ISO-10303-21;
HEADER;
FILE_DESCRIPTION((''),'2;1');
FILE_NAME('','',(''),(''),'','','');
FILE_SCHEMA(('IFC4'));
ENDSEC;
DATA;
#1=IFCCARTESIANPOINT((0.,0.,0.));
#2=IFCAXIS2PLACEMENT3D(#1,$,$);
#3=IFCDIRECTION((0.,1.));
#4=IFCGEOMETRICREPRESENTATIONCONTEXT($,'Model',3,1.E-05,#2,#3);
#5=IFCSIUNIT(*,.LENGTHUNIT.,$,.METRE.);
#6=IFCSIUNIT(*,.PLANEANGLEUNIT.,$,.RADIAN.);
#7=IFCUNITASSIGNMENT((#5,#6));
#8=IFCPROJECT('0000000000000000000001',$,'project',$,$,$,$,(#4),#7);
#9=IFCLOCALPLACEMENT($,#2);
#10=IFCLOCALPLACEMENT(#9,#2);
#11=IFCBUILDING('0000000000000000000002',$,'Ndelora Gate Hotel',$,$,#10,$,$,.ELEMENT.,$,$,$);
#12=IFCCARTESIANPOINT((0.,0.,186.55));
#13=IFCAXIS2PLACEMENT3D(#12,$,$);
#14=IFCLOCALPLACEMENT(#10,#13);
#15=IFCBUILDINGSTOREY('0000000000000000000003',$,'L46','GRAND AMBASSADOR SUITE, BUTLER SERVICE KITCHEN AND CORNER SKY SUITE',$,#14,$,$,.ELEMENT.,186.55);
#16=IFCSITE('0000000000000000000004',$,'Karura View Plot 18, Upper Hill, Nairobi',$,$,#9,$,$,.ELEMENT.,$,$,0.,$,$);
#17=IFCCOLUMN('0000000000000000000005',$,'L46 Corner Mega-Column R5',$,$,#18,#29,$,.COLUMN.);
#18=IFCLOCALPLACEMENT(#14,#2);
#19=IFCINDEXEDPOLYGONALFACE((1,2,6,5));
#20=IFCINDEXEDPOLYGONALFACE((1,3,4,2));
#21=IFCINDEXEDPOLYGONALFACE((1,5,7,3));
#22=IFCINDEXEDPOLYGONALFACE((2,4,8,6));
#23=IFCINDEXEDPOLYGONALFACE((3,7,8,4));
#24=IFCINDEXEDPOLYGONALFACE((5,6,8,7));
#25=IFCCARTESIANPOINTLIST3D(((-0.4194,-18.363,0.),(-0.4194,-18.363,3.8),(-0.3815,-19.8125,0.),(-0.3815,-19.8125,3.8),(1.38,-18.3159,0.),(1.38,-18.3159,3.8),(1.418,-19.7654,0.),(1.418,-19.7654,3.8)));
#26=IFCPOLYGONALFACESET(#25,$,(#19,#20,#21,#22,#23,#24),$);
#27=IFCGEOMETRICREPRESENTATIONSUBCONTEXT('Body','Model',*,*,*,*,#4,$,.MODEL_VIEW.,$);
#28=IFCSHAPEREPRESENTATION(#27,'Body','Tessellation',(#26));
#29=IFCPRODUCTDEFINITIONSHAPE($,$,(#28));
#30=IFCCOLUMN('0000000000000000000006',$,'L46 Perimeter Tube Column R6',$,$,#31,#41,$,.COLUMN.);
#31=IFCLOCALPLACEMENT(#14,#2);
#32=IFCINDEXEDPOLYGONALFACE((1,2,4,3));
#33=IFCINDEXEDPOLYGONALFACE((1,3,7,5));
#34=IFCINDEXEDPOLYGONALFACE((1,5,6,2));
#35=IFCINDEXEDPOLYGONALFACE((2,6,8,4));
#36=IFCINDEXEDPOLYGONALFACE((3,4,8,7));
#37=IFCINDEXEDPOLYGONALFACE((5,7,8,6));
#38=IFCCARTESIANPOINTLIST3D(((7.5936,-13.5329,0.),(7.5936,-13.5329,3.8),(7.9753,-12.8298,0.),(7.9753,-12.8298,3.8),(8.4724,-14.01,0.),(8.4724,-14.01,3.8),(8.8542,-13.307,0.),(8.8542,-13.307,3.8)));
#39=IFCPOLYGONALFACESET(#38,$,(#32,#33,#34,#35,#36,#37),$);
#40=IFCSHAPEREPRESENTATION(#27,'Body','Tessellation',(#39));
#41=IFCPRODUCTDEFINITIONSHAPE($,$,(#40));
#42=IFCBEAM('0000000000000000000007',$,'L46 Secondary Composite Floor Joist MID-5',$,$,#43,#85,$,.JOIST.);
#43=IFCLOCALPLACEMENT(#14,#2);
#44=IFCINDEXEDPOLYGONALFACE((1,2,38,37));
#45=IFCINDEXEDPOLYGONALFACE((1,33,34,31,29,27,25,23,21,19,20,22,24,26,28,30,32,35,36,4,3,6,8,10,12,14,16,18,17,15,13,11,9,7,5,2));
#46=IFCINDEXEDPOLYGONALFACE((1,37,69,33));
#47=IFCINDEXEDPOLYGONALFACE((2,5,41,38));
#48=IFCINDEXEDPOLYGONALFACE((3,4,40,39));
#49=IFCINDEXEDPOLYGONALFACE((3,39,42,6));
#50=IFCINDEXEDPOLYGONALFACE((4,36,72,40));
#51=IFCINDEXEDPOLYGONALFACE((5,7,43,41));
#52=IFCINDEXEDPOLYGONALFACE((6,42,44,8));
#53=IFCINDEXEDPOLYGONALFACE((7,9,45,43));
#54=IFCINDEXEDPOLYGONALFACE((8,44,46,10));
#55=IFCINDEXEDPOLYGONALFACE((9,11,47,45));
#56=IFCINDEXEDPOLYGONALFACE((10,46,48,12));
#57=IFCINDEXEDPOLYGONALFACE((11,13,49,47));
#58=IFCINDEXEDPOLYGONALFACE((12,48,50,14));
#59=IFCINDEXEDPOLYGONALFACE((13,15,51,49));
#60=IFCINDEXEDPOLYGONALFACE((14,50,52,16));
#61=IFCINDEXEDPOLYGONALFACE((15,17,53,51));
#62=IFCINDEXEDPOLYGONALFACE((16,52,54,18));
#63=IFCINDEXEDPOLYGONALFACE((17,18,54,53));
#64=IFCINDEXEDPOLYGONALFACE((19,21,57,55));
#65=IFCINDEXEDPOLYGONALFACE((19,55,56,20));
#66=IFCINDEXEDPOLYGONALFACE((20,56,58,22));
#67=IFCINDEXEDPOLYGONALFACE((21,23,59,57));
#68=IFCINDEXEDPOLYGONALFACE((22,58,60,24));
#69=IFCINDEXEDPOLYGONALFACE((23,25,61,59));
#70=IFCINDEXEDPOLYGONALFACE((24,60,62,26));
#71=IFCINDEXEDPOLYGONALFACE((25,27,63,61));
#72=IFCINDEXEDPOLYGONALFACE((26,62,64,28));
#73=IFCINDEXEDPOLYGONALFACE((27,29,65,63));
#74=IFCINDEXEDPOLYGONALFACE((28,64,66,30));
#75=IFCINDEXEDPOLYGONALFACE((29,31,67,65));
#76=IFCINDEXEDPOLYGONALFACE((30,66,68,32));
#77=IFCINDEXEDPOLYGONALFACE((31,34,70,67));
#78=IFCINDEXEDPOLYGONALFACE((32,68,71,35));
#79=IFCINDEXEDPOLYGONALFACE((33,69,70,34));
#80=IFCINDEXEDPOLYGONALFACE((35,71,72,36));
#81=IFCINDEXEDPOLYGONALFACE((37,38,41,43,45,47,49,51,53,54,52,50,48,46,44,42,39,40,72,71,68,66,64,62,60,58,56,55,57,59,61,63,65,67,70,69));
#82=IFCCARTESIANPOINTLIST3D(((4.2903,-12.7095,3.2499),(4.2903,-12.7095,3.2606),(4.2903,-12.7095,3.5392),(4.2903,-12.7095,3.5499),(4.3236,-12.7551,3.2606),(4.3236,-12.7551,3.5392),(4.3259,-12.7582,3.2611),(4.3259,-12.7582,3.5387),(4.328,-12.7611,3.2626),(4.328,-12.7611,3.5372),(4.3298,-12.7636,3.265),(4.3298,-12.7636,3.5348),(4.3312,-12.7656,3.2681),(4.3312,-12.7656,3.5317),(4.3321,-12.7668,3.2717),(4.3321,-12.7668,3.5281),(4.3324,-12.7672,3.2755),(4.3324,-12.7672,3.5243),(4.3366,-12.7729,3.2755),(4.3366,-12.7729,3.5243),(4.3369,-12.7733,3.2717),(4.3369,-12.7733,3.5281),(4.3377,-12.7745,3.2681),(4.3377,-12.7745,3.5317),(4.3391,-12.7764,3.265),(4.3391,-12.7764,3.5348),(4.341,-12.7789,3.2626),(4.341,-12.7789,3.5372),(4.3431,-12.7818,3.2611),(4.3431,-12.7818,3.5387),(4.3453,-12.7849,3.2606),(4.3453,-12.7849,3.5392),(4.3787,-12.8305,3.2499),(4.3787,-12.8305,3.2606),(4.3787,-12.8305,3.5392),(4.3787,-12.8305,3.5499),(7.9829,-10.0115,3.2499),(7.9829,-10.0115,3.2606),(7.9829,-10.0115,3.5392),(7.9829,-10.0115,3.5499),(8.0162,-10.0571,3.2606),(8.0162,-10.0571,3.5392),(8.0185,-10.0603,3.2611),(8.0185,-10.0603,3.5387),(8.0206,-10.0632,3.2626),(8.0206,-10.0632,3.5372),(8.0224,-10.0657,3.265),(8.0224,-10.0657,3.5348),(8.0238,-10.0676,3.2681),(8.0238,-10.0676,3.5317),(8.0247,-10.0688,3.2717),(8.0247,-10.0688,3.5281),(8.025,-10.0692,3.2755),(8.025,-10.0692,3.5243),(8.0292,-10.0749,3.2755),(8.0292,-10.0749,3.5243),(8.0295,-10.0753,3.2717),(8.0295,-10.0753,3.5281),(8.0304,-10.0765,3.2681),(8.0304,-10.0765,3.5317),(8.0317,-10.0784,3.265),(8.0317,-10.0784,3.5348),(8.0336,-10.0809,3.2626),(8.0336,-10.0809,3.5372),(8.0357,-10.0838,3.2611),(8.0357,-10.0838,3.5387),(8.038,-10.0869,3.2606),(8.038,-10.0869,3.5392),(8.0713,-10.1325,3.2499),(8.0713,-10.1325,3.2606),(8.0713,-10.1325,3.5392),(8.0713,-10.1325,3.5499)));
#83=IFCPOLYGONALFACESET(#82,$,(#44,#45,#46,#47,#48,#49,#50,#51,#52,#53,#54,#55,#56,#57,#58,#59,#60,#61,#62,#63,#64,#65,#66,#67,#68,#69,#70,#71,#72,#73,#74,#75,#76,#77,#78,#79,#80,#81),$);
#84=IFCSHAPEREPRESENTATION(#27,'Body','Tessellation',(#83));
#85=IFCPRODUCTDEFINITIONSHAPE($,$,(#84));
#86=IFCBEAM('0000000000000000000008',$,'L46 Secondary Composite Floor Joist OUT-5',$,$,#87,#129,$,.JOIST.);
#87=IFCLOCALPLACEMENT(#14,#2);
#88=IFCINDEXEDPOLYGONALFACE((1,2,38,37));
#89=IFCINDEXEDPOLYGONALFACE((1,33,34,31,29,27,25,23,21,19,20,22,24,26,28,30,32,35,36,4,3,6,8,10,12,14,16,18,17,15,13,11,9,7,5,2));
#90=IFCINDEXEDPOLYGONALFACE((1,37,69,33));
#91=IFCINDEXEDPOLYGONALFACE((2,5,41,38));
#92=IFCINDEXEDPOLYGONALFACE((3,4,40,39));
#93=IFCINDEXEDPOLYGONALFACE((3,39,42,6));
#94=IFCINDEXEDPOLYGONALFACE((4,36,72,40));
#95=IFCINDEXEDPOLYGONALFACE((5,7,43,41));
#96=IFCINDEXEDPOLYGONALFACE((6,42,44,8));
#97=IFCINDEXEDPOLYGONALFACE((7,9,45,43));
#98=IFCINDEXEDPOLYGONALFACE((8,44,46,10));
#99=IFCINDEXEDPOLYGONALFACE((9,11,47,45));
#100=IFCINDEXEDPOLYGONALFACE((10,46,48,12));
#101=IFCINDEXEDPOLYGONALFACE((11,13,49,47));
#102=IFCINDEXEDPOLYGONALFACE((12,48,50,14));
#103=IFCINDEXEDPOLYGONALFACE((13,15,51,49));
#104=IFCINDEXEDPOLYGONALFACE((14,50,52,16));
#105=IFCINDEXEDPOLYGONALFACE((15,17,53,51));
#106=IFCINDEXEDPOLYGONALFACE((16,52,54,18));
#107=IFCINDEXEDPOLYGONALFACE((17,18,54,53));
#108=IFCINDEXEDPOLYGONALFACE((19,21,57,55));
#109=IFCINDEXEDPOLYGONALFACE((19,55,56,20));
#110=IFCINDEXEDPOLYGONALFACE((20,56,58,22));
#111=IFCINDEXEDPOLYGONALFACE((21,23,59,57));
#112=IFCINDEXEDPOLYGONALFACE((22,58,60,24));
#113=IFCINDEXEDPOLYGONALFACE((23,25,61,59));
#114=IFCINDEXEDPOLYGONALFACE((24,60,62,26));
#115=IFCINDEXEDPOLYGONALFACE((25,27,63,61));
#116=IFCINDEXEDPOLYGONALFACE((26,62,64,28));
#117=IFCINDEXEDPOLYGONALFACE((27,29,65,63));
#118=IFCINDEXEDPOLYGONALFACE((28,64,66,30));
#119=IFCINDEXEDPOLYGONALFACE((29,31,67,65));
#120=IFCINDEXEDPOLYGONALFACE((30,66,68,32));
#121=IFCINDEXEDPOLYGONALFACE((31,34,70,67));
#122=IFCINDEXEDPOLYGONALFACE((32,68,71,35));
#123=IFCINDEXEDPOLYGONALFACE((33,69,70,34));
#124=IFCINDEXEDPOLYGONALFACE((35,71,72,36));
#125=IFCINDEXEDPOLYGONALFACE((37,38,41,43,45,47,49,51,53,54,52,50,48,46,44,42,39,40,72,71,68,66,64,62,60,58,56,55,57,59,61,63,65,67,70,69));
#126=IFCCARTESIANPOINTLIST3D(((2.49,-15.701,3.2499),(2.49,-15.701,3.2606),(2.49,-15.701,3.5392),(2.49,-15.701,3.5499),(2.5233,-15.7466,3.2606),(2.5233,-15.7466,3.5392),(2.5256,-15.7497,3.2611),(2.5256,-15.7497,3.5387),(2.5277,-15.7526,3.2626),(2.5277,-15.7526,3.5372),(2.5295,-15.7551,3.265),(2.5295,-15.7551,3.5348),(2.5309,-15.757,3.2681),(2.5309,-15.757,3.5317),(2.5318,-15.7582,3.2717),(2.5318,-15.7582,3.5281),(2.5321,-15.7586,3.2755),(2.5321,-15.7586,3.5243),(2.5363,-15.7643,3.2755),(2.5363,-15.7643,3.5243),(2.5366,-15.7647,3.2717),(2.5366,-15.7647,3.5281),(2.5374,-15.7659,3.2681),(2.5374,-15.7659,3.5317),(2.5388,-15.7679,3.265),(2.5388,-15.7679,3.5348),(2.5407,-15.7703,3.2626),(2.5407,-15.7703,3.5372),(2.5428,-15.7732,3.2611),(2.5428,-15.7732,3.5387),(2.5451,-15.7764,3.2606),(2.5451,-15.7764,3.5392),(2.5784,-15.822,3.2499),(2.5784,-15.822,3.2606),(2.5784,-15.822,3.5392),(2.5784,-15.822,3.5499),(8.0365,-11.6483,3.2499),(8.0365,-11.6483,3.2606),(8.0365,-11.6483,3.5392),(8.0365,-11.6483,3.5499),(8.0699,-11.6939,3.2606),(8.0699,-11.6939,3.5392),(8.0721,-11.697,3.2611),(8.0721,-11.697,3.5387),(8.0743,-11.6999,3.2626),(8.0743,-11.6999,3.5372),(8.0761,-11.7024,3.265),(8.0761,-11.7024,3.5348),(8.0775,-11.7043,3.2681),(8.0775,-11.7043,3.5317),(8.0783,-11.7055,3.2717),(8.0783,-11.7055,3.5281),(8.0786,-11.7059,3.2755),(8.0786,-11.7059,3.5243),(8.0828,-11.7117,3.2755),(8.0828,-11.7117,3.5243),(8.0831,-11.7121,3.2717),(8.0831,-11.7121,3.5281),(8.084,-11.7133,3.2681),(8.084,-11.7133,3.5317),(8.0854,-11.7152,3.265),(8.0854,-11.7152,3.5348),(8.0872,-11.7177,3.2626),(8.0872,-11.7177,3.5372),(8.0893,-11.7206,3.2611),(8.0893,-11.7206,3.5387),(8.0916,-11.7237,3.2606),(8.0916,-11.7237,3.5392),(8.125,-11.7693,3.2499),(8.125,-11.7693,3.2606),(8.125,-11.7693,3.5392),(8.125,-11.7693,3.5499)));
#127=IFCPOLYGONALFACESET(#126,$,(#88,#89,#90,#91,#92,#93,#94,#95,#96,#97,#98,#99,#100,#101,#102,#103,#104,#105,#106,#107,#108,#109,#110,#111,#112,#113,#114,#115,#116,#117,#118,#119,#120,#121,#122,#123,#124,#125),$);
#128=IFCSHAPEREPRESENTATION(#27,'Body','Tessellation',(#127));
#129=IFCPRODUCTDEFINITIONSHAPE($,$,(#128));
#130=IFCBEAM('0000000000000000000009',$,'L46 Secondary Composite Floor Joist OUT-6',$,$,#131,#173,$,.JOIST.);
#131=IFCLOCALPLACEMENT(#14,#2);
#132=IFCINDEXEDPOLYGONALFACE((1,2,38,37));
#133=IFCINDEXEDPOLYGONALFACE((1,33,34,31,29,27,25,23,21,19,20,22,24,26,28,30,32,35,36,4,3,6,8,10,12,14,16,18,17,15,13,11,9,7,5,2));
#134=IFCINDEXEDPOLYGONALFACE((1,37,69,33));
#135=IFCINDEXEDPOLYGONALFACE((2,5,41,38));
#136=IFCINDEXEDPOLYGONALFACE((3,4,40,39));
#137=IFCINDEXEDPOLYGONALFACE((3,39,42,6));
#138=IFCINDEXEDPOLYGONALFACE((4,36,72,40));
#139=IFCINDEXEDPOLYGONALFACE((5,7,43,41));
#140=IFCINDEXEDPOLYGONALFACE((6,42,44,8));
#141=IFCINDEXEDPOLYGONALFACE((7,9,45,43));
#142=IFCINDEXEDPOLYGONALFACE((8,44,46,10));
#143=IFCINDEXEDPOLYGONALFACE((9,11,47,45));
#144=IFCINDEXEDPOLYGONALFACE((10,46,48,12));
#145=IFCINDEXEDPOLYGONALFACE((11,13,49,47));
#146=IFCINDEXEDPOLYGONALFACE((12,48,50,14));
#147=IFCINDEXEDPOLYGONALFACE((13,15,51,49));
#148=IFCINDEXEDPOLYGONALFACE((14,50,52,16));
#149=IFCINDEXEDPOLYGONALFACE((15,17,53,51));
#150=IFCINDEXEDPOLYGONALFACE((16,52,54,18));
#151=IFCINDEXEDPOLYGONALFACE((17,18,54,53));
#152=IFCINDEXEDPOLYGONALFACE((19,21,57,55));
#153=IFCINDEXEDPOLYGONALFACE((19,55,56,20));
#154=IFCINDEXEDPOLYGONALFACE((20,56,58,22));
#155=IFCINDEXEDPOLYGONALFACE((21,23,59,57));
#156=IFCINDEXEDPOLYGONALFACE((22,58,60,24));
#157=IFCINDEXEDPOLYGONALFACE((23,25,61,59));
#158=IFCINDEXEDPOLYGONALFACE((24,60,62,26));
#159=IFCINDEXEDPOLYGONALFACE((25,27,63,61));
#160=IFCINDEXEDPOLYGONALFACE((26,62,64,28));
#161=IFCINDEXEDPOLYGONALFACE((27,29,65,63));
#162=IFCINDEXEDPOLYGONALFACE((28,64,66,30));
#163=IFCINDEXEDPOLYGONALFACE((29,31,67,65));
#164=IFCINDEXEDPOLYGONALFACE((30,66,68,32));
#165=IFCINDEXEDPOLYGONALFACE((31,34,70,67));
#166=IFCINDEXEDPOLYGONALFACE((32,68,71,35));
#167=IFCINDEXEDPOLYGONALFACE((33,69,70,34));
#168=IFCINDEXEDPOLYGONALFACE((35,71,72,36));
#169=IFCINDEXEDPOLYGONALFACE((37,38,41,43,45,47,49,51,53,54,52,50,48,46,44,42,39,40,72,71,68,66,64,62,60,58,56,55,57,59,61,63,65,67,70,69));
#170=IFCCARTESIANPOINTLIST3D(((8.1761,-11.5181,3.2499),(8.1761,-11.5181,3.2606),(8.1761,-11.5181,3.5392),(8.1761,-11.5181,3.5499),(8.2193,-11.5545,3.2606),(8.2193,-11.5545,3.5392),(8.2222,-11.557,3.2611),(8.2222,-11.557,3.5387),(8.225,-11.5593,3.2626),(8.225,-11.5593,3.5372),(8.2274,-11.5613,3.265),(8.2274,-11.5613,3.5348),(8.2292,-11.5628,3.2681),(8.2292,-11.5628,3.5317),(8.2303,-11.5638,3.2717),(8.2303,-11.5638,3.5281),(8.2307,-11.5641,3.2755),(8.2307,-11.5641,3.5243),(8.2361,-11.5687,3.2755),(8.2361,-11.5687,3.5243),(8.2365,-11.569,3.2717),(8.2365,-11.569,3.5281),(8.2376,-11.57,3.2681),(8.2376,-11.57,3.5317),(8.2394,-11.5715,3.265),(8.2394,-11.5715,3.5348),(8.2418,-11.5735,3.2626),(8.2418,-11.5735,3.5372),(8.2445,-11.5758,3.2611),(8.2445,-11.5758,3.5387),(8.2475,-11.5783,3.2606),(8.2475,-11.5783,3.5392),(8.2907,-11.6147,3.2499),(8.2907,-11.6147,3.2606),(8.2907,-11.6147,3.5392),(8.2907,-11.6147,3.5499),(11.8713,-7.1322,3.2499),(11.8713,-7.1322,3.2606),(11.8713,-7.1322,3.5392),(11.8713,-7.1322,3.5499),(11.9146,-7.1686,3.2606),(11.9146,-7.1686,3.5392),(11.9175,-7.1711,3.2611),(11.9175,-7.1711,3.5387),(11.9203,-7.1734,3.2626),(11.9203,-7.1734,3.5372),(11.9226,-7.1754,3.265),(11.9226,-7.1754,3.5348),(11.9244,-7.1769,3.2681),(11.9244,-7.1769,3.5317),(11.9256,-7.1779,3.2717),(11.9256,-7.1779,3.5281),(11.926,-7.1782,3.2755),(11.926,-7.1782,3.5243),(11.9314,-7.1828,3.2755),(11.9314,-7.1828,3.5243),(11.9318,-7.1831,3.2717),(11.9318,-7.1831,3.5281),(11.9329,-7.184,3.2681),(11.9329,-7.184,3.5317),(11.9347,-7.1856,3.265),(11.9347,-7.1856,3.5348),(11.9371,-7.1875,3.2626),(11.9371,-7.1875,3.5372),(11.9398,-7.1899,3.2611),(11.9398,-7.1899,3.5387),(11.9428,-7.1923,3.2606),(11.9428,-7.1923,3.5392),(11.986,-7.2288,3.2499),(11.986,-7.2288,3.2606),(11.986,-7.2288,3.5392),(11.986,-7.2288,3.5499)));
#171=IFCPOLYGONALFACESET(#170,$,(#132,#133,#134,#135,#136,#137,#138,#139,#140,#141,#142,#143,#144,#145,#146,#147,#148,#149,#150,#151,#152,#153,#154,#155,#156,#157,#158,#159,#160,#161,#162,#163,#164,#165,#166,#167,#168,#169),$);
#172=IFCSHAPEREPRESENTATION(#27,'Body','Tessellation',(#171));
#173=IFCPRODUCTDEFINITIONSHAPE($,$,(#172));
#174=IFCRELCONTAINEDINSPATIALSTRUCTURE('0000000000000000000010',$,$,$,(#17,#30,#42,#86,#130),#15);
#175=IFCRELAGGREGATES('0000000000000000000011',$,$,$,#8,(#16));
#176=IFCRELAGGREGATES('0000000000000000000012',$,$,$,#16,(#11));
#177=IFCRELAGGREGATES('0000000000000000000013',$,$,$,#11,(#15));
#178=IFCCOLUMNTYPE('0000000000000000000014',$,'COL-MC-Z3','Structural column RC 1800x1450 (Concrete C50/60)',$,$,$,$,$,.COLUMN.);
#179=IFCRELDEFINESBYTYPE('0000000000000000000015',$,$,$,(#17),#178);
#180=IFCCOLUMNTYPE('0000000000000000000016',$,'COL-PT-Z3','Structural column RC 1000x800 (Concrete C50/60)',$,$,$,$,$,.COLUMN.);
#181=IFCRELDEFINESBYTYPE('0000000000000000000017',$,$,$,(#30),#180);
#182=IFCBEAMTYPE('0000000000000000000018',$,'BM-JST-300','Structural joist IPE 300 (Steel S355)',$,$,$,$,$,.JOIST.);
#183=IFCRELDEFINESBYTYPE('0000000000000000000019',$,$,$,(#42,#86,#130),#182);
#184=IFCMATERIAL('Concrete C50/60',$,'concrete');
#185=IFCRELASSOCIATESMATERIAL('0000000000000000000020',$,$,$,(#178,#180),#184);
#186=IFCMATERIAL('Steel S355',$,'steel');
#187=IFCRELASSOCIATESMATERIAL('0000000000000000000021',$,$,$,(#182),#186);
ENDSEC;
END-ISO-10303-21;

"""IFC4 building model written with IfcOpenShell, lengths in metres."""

from ifc_helpers import new_model, si_unit, direction, frame, origin, origin_2d, place, context, subcontext, project, spatial, rectangle, i_section, extrude, material, material_profile, profile_set, type_object, element, save


model = new_model("IFC4")

# Units and contexts
model_context = context("Model", 3, precision=1e-05, world=origin(), true_north=direction((0.0, 1.0)))
body_context = subcontext(model_context, "Body", "Model", "MODEL_VIEW")
ifc_project = project(units=[si_unit("LENGTHUNIT", "METRE"), si_unit("PLANEANGLEUNIT", "RADIAN")], contexts=[model_context])

# Site, building, storey
site_placement = place(None, origin())
site = spatial("IfcSite", under=ifc_project, at=site_placement, Name="Karura View Plot 18, Upper Hill, Nairobi", CompositionType="ELEMENT", RefElevation=0.0)
building_placement = place(site_placement, origin())
building = spatial("IfcBuilding", under=site, at=building_placement, Name="Ndelora Gate Hotel", CompositionType="ELEMENT")
storey_placement = place(building_placement, frame((0.0, 0.0, 186.55)))
storey = spatial("IfcBuildingStorey", under=building, at=storey_placement, Name="L46", Description="GRAND AMBASSADOR SUITE, BUTLER SERVICE KITCHEN AND CORNER SKY SUITE", CompositionType="ELEMENT", Elevation=186.55)

# Columns
ifc_material_1 = material(Name="Concrete C50/60", Category="concrete")
ifc_material_profile_1 = material_profile(ifc_material_1, rectangle(XDim=1.45, YDim=1.8, at=origin_2d()), Name="RC 1800x1450")
ifc_profile_set_1 = profile_set([ifc_material_profile_1], Name="Concrete C50/60")
column_type_1 = type_object("IfcColumnType", Name="COL-MC-Z3", Description="Structural column RC 1800x1450 (Concrete C50/60)", PredefinedType="COLUMN", material=ifc_profile_set_1)
column_1_placement = place(storey_placement, frame((0.4993, -19.0642, 0.0), z_axis=(0.0, 0.0, 1.0), x_axis=(-0.026177, 0.999657, 0.0)))
element("IfcColumn", 1, at=column_1_placement, inside=storey, type_object=column_type_1, Name="L46 Corner Mega-Column R5", PredefinedType="COLUMN", context=body_context, shape_type="SweptSolid", body=[
    extrude(rectangle(XDim=1.45, YDim=1.8, at=origin_2d()), origin(), (0.0, 0.0, 1.0), 3.8),
])
ifc_material_profile_2 = material_profile(ifc_material_1, rectangle(XDim=0.8, YDim=1.0, at=origin_2d()), Name="RC 1000x800")
ifc_profile_set_2 = profile_set([ifc_material_profile_2], Name="Concrete C50/60")
column_type_2 = type_object("IfcColumnType", Name="COL-PT-Z3", Description="Structural column RC 1000x800 (Concrete C50/60)", PredefinedType="COLUMN", material=ifc_profile_set_2)
column_2_placement = place(storey_placement, frame((8.2239, -13.4199, 0.0), z_axis=(0.0, 0.0, 1.0), x_axis=(0.477159, 0.878817, 0.0)))
element("IfcColumn", 2, at=column_2_placement, inside=storey, type_object=column_type_2, Name="L46 Perimeter Tube Column R6", PredefinedType="COLUMN", context=body_context, shape_type="SweptSolid", body=[
    extrude(rectangle(XDim=0.8, YDim=1.0, at=origin_2d()), origin(), (0.0, 0.0, 1.0), 3.8),
])

# Beams
ifc_material_2 = material(Name="Steel S355", Category="steel")
ifc_material_profile_3 = material_profile(ifc_material_2, i_section(OverallWidth=0.1499, OverallDepth=0.3, WebThickness=0.0071, FlangeThickness=0.0107, FilletRadius=0.0149, at=origin_2d()), Name="IPE 300")
ifc_profile_set_3 = profile_set([ifc_material_profile_3], Name="Steel S355")
beam_type_1 = type_object("IfcBeamType", Name="BM-JST-300", Description="Structural joist IPE 300 (Steel S355)", PredefinedType="JOIST", material=ifc_profile_set_3)
beam_1_placement = place(storey_placement, frame((4.3345, -12.77, 3.3999), z_axis=(0.807439, 0.589951, 0.0), x_axis=(-0.589951, 0.807439, 0.0)))
element("IfcBeam", 3, at=beam_1_placement, inside=storey, type_object=beam_type_1, Name="L46 Secondary Composite Floor Joist MID-5", PredefinedType="JOIST", context=body_context, shape_type="SweptSolid", body=[
    extrude(i_section(OverallWidth=0.1499, OverallDepth=0.3, WebThickness=0.0071, FlangeThickness=0.0107, FilletRadius=0.0149, at=origin_2d()), origin(), (0.0, 0.0, 1.0), 4.5732),
])
beam_2_placement = place(storey_placement, frame((2.5342, -15.7615, 3.3999), z_axis=(0.807431, 0.589962, 0.0), x_axis=(-0.589962, 0.807431, 0.0)))
element("IfcBeam", 4, at=beam_2_placement, inside=storey, type_object=beam_type_1, Name="L46 Secondary Composite Floor Joist OUT-5", PredefinedType="JOIST", context=body_context, shape_type="SweptSolid", body=[
    extrude(i_section(OverallWidth=0.1499, OverallDepth=0.3, WebThickness=0.0071, FlangeThickness=0.0107, FilletRadius=0.0149, at=origin_2d()), origin(), (0.0, 0.0, 1.0), 6.8694),
])
beam_3_placement = place(storey_placement, frame((8.2334, -11.5664, 3.3999), z_axis=(0.644324, 0.764752, 0.0), x_axis=(-0.764752, 0.644324, 0.0)))
element("IfcBeam", 5, at=beam_3_placement, inside=storey, type_object=beam_type_1, Name="L46 Secondary Composite Floor Joist OUT-6", PredefinedType="JOIST", context=body_context, shape_type="SweptSolid", body=[
    extrude(i_section(OverallWidth=0.1499, OverallDepth=0.3, WebThickness=0.0071, FlangeThickness=0.0107, FilletRadius=0.0149, at=origin_2d()), origin(), (0.0, 0.0, 1.0), 5.7351),
])

save(model, "model.ifc")
